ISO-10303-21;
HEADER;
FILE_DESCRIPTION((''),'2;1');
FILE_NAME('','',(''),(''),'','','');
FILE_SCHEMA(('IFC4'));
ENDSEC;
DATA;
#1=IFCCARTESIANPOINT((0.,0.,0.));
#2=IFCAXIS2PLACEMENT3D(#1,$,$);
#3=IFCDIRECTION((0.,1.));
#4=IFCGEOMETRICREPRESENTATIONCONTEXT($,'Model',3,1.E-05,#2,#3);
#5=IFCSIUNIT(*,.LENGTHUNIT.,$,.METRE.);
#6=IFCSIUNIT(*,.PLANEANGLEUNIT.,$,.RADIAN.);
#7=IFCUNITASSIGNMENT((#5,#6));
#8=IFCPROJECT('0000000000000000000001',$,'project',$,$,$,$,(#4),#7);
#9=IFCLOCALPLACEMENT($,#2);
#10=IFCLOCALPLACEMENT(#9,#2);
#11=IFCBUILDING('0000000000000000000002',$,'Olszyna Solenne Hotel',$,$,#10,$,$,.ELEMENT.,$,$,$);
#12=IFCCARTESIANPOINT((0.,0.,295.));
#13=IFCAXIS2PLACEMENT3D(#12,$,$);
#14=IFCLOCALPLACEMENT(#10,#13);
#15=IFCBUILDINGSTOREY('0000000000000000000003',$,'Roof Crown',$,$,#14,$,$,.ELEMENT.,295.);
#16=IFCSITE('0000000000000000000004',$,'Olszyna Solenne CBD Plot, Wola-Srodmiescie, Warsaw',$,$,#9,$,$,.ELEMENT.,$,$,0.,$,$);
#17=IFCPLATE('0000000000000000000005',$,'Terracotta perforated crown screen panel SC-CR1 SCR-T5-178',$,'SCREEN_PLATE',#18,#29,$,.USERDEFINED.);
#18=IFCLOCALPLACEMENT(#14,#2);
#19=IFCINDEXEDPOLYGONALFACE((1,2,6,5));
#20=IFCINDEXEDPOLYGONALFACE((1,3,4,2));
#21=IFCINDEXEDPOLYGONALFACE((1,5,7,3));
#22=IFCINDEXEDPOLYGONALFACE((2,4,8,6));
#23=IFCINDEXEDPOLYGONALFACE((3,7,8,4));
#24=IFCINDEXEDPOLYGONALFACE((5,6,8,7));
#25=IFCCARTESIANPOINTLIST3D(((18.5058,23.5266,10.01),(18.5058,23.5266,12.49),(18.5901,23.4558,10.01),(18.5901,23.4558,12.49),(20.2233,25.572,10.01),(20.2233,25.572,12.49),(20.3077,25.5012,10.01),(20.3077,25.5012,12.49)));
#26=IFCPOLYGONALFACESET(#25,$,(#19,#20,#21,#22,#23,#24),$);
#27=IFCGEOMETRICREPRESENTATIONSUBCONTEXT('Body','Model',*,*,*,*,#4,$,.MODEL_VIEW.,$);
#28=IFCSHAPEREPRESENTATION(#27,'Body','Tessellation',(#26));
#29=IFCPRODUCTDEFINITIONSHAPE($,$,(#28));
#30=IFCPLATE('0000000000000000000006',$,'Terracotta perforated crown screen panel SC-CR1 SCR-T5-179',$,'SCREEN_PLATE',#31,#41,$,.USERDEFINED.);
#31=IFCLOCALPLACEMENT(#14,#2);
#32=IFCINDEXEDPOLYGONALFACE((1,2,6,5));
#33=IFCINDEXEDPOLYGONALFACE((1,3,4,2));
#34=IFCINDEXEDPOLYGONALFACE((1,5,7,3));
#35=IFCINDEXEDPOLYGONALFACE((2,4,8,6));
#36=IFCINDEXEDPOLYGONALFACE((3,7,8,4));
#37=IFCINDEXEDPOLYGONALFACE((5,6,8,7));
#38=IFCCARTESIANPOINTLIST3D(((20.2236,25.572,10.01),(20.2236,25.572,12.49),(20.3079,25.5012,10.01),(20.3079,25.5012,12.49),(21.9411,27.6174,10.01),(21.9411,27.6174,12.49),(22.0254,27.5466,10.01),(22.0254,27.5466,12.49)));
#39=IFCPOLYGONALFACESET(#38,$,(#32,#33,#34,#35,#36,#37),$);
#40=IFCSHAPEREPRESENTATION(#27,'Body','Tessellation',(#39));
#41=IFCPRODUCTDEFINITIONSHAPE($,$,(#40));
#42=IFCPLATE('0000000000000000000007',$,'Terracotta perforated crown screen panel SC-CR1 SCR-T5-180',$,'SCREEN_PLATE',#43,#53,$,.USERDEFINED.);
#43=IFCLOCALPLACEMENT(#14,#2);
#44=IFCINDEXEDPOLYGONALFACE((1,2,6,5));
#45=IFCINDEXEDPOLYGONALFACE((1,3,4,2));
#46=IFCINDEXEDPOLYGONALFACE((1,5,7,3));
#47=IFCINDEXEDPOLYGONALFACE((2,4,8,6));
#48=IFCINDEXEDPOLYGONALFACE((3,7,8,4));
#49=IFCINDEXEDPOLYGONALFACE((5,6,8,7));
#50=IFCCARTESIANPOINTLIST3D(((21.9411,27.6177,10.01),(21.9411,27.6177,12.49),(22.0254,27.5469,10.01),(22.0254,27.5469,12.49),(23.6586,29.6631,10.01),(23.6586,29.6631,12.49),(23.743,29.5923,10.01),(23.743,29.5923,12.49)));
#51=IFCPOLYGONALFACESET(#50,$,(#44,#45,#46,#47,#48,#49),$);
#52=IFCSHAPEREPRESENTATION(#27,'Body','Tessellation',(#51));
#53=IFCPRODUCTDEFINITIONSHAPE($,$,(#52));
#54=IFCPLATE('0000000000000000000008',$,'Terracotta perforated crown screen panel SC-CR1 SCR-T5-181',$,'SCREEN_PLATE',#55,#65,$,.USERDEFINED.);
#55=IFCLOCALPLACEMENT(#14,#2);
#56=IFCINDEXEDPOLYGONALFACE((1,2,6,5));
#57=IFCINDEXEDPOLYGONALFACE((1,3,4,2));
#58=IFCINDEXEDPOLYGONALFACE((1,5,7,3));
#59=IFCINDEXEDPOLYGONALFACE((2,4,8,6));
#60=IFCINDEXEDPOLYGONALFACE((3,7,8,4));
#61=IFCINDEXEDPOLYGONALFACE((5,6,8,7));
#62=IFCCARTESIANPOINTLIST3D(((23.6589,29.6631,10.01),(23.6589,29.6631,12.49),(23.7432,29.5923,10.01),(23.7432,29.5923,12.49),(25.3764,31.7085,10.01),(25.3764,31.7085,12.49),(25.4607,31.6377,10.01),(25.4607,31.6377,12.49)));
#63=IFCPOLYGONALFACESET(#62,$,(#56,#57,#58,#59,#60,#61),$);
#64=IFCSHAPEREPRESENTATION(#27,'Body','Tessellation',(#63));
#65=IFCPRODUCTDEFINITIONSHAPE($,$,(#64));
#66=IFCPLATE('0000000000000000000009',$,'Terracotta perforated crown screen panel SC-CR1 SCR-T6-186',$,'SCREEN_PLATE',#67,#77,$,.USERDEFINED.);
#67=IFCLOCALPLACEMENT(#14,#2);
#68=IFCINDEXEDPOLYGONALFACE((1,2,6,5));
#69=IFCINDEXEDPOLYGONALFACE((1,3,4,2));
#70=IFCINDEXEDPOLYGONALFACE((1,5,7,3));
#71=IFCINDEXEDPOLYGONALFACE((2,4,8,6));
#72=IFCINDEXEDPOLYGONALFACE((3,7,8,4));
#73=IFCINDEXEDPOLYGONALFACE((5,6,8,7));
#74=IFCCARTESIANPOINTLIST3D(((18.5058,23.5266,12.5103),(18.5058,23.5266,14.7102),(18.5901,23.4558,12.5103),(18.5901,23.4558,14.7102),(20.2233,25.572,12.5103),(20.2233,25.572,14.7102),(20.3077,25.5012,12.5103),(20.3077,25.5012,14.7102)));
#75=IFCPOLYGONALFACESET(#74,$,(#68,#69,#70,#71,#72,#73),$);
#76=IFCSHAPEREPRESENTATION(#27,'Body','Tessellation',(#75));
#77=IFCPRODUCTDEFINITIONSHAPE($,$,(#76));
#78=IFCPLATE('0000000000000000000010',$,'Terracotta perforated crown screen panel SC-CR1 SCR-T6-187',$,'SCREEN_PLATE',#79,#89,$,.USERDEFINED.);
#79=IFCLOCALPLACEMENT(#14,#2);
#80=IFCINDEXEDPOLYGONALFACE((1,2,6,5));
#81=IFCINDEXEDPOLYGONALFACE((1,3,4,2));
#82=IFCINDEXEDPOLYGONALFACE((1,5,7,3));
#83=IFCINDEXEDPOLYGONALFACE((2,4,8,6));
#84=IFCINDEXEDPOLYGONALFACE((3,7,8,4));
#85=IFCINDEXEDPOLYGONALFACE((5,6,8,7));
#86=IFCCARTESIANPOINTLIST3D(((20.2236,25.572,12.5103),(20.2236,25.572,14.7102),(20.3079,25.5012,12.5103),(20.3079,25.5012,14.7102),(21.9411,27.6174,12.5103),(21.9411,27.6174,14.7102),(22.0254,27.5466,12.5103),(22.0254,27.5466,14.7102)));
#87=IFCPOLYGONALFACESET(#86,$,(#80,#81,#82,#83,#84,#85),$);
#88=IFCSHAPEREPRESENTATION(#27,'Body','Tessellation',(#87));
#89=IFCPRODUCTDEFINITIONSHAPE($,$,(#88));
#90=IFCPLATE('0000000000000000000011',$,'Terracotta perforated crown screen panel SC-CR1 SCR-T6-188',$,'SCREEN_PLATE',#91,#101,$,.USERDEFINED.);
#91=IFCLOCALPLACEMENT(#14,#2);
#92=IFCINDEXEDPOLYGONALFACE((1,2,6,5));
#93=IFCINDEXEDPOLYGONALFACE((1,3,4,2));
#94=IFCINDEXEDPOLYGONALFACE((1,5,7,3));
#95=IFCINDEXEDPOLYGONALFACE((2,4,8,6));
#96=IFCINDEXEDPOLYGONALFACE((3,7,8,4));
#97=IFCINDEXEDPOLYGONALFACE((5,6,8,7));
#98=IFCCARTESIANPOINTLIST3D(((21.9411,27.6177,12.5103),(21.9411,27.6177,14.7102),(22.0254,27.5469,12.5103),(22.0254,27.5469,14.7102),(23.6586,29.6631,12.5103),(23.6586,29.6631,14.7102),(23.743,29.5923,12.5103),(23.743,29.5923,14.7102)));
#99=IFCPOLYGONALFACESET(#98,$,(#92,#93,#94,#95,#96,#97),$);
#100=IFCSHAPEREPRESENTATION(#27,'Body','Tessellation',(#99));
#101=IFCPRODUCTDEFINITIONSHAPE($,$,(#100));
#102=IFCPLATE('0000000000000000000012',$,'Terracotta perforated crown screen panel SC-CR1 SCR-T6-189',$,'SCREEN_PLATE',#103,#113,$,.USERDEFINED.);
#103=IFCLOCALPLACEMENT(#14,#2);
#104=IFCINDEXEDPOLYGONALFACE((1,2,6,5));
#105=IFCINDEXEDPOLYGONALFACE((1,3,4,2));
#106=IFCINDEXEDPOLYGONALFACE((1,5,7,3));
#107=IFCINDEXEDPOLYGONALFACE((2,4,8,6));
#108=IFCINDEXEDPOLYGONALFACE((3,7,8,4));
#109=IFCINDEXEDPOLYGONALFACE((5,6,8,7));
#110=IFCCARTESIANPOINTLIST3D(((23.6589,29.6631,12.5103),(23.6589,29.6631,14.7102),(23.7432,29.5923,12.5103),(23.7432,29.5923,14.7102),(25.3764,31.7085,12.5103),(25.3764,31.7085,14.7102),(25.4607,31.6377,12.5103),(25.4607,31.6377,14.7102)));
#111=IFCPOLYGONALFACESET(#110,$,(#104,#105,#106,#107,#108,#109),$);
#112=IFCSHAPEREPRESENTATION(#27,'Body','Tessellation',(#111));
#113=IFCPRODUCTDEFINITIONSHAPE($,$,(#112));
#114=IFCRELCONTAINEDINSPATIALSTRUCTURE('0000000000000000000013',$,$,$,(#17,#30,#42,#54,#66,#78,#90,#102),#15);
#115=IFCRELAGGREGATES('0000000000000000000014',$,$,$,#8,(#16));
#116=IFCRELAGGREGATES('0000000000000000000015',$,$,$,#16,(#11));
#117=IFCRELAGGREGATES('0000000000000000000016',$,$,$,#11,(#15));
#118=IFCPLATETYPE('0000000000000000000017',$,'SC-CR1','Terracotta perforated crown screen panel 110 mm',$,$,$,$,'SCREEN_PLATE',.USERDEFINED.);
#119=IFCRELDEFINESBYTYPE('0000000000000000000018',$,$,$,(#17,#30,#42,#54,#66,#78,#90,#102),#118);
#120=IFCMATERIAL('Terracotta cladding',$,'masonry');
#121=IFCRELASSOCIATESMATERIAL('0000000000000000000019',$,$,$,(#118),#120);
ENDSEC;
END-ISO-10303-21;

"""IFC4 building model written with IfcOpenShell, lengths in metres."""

from ifc_helpers import new_model, si_unit, direction, frame, origin, origin_2d, place, context, subcontext, project, spatial, rectangle, extrude, source, transform, mapped, material, type_object, element, save


model = new_model("IFC4")

# Units and contexts
model_context = context("Model", 3, precision=1e-05, world=origin(), true_north=direction((0.0, 1.0)))
body_context = subcontext(model_context, "Body", "Model", "MODEL_VIEW")
ifc_project = project(units=[si_unit("LENGTHUNIT", "METRE"), si_unit("PLANEANGLEUNIT", "RADIAN")], contexts=[model_context])

# Site, building, storey
site_placement = place(None, origin())
site = spatial("IfcSite", under=ifc_project, at=site_placement, Name="Olszyna Solenne CBD Plot, Wola-Srodmiescie, Warsaw", CompositionType="ELEMENT", RefElevation=0.0)
building_placement = place(site_placement, origin())
building = spatial("IfcBuilding", under=site, at=building_placement, Name="Olszyna Solenne Hotel", CompositionType="ELEMENT")
storey_placement = place(building_placement, frame((0.0, 0.0, 295.0)))
storey = spatial("IfcBuildingStorey", under=building, at=storey_placement, Name="Roof Crown", CompositionType="ELEMENT", Elevation=295.0)

# Plates
ifc_material = material(Name="Terracotta cladding", Category="masonry")
plate_type = type_object("IfcPlateType", Name="SC-CR1", Description="Terracotta perforated crown screen panel 110 mm", ElementType="SCREEN_PLATE", PredefinedType="USERDEFINED", material=ifc_material)
shared_shape_1 = source(origin(), body_context, "Body", "SweptSolid", [
    extrude(rectangle(XDim=2.6709, YDim=0.1101, at=origin_2d()), origin(), (0.0, 0.0, 1.0), 2.48),
])
for number, where, z_axis, x_axis, name in (
    (1, (19.4067, 24.5139, 10.01), (0.0, 0.0, 1.0), (0.643055, 0.76582, 0.0), "Terracotta perforated crown screen panel SC-CR1 SCR-T5-178"),
    (2, (21.1245, 26.5593, 10.01), (0.0, 0.0, 1.0), (0.643055, 0.76582, 0.0), "Terracotta perforated crown screen panel SC-CR1 SCR-T5-179"),
    (3, (22.842, 28.605, 10.01), (0.0, 0.0, 1.0), (0.643055, 0.76582, 0.0), "Terracotta perforated crown screen panel SC-CR1 SCR-T5-180"),
    (4, (24.5598, 30.6504, 10.01), (0.0, 0.0, 1.0), (0.643055, 0.76582, 0.0), "Terracotta perforated crown screen panel SC-CR1 SCR-T5-181"),
):
    element("IfcPlate", number, at=place(storey_placement, frame(where, z_axis=z_axis, x_axis=x_axis)), inside=storey, type_object=plate_type, Name=name, ObjectType="SCREEN_PLATE", PredefinedType="USERDEFINED", context=body_context, shape_type="MappedRepresentation", body=[
        mapped(shared_shape_1, transform((0.0, 0.0, 0.0), x_axis=(1.0, 0.0, 0.0), y_axis=(0.0, 1.0, 0.0), z_axis=(0.0, 0.0, 1.0), scale=1.0)),
    ])
shared_shape_2 = source(origin(), body_context, "Body", "SweptSolid", [
    extrude(rectangle(XDim=2.6709, YDim=0.1101, at=origin_2d()), origin(), (0.0, 0.0, 1.0), 2.2),
])
for number, where, z_axis, x_axis, name in (
    (5, (19.4067, 24.5139, 12.5103), (0.0, 0.0, 1.0), (0.643055, 0.76582, 0.0), "Terracotta perforated crown screen panel SC-CR1 SCR-T6-186"),
    (6, (21.1245, 26.5593, 12.5103), (0.0, 0.0, 1.0), (0.643055, 0.76582, 0.0), "Terracotta perforated crown screen panel SC-CR1 SCR-T6-187"),
    (7, (22.842, 28.605, 12.5103), (0.0, 0.0, 1.0), (0.643055, 0.76582, 0.0), "Terracotta perforated crown screen panel SC-CR1 SCR-T6-188"),
    (8, (24.5598, 30.6504, 12.5103), (0.0, 0.0, 1.0), (0.643055, 0.76582, 0.0), "Terracotta perforated crown screen panel SC-CR1 SCR-T6-189"),
):
    element("IfcPlate", number, at=place(storey_placement, frame(where, z_axis=z_axis, x_axis=x_axis)), inside=storey, type_object=plate_type, Name=name, ObjectType="SCREEN_PLATE", PredefinedType="USERDEFINED", context=body_context, shape_type="MappedRepresentation", body=[
        mapped(shared_shape_2, transform((0.0, 0.0, 0.0), x_axis=(1.0, 0.0, 0.0), y_axis=(0.0, 1.0, 0.0), z_axis=(0.0, 0.0, 1.0), scale=1.0)),
    ])

save(model, "model.ifc")
